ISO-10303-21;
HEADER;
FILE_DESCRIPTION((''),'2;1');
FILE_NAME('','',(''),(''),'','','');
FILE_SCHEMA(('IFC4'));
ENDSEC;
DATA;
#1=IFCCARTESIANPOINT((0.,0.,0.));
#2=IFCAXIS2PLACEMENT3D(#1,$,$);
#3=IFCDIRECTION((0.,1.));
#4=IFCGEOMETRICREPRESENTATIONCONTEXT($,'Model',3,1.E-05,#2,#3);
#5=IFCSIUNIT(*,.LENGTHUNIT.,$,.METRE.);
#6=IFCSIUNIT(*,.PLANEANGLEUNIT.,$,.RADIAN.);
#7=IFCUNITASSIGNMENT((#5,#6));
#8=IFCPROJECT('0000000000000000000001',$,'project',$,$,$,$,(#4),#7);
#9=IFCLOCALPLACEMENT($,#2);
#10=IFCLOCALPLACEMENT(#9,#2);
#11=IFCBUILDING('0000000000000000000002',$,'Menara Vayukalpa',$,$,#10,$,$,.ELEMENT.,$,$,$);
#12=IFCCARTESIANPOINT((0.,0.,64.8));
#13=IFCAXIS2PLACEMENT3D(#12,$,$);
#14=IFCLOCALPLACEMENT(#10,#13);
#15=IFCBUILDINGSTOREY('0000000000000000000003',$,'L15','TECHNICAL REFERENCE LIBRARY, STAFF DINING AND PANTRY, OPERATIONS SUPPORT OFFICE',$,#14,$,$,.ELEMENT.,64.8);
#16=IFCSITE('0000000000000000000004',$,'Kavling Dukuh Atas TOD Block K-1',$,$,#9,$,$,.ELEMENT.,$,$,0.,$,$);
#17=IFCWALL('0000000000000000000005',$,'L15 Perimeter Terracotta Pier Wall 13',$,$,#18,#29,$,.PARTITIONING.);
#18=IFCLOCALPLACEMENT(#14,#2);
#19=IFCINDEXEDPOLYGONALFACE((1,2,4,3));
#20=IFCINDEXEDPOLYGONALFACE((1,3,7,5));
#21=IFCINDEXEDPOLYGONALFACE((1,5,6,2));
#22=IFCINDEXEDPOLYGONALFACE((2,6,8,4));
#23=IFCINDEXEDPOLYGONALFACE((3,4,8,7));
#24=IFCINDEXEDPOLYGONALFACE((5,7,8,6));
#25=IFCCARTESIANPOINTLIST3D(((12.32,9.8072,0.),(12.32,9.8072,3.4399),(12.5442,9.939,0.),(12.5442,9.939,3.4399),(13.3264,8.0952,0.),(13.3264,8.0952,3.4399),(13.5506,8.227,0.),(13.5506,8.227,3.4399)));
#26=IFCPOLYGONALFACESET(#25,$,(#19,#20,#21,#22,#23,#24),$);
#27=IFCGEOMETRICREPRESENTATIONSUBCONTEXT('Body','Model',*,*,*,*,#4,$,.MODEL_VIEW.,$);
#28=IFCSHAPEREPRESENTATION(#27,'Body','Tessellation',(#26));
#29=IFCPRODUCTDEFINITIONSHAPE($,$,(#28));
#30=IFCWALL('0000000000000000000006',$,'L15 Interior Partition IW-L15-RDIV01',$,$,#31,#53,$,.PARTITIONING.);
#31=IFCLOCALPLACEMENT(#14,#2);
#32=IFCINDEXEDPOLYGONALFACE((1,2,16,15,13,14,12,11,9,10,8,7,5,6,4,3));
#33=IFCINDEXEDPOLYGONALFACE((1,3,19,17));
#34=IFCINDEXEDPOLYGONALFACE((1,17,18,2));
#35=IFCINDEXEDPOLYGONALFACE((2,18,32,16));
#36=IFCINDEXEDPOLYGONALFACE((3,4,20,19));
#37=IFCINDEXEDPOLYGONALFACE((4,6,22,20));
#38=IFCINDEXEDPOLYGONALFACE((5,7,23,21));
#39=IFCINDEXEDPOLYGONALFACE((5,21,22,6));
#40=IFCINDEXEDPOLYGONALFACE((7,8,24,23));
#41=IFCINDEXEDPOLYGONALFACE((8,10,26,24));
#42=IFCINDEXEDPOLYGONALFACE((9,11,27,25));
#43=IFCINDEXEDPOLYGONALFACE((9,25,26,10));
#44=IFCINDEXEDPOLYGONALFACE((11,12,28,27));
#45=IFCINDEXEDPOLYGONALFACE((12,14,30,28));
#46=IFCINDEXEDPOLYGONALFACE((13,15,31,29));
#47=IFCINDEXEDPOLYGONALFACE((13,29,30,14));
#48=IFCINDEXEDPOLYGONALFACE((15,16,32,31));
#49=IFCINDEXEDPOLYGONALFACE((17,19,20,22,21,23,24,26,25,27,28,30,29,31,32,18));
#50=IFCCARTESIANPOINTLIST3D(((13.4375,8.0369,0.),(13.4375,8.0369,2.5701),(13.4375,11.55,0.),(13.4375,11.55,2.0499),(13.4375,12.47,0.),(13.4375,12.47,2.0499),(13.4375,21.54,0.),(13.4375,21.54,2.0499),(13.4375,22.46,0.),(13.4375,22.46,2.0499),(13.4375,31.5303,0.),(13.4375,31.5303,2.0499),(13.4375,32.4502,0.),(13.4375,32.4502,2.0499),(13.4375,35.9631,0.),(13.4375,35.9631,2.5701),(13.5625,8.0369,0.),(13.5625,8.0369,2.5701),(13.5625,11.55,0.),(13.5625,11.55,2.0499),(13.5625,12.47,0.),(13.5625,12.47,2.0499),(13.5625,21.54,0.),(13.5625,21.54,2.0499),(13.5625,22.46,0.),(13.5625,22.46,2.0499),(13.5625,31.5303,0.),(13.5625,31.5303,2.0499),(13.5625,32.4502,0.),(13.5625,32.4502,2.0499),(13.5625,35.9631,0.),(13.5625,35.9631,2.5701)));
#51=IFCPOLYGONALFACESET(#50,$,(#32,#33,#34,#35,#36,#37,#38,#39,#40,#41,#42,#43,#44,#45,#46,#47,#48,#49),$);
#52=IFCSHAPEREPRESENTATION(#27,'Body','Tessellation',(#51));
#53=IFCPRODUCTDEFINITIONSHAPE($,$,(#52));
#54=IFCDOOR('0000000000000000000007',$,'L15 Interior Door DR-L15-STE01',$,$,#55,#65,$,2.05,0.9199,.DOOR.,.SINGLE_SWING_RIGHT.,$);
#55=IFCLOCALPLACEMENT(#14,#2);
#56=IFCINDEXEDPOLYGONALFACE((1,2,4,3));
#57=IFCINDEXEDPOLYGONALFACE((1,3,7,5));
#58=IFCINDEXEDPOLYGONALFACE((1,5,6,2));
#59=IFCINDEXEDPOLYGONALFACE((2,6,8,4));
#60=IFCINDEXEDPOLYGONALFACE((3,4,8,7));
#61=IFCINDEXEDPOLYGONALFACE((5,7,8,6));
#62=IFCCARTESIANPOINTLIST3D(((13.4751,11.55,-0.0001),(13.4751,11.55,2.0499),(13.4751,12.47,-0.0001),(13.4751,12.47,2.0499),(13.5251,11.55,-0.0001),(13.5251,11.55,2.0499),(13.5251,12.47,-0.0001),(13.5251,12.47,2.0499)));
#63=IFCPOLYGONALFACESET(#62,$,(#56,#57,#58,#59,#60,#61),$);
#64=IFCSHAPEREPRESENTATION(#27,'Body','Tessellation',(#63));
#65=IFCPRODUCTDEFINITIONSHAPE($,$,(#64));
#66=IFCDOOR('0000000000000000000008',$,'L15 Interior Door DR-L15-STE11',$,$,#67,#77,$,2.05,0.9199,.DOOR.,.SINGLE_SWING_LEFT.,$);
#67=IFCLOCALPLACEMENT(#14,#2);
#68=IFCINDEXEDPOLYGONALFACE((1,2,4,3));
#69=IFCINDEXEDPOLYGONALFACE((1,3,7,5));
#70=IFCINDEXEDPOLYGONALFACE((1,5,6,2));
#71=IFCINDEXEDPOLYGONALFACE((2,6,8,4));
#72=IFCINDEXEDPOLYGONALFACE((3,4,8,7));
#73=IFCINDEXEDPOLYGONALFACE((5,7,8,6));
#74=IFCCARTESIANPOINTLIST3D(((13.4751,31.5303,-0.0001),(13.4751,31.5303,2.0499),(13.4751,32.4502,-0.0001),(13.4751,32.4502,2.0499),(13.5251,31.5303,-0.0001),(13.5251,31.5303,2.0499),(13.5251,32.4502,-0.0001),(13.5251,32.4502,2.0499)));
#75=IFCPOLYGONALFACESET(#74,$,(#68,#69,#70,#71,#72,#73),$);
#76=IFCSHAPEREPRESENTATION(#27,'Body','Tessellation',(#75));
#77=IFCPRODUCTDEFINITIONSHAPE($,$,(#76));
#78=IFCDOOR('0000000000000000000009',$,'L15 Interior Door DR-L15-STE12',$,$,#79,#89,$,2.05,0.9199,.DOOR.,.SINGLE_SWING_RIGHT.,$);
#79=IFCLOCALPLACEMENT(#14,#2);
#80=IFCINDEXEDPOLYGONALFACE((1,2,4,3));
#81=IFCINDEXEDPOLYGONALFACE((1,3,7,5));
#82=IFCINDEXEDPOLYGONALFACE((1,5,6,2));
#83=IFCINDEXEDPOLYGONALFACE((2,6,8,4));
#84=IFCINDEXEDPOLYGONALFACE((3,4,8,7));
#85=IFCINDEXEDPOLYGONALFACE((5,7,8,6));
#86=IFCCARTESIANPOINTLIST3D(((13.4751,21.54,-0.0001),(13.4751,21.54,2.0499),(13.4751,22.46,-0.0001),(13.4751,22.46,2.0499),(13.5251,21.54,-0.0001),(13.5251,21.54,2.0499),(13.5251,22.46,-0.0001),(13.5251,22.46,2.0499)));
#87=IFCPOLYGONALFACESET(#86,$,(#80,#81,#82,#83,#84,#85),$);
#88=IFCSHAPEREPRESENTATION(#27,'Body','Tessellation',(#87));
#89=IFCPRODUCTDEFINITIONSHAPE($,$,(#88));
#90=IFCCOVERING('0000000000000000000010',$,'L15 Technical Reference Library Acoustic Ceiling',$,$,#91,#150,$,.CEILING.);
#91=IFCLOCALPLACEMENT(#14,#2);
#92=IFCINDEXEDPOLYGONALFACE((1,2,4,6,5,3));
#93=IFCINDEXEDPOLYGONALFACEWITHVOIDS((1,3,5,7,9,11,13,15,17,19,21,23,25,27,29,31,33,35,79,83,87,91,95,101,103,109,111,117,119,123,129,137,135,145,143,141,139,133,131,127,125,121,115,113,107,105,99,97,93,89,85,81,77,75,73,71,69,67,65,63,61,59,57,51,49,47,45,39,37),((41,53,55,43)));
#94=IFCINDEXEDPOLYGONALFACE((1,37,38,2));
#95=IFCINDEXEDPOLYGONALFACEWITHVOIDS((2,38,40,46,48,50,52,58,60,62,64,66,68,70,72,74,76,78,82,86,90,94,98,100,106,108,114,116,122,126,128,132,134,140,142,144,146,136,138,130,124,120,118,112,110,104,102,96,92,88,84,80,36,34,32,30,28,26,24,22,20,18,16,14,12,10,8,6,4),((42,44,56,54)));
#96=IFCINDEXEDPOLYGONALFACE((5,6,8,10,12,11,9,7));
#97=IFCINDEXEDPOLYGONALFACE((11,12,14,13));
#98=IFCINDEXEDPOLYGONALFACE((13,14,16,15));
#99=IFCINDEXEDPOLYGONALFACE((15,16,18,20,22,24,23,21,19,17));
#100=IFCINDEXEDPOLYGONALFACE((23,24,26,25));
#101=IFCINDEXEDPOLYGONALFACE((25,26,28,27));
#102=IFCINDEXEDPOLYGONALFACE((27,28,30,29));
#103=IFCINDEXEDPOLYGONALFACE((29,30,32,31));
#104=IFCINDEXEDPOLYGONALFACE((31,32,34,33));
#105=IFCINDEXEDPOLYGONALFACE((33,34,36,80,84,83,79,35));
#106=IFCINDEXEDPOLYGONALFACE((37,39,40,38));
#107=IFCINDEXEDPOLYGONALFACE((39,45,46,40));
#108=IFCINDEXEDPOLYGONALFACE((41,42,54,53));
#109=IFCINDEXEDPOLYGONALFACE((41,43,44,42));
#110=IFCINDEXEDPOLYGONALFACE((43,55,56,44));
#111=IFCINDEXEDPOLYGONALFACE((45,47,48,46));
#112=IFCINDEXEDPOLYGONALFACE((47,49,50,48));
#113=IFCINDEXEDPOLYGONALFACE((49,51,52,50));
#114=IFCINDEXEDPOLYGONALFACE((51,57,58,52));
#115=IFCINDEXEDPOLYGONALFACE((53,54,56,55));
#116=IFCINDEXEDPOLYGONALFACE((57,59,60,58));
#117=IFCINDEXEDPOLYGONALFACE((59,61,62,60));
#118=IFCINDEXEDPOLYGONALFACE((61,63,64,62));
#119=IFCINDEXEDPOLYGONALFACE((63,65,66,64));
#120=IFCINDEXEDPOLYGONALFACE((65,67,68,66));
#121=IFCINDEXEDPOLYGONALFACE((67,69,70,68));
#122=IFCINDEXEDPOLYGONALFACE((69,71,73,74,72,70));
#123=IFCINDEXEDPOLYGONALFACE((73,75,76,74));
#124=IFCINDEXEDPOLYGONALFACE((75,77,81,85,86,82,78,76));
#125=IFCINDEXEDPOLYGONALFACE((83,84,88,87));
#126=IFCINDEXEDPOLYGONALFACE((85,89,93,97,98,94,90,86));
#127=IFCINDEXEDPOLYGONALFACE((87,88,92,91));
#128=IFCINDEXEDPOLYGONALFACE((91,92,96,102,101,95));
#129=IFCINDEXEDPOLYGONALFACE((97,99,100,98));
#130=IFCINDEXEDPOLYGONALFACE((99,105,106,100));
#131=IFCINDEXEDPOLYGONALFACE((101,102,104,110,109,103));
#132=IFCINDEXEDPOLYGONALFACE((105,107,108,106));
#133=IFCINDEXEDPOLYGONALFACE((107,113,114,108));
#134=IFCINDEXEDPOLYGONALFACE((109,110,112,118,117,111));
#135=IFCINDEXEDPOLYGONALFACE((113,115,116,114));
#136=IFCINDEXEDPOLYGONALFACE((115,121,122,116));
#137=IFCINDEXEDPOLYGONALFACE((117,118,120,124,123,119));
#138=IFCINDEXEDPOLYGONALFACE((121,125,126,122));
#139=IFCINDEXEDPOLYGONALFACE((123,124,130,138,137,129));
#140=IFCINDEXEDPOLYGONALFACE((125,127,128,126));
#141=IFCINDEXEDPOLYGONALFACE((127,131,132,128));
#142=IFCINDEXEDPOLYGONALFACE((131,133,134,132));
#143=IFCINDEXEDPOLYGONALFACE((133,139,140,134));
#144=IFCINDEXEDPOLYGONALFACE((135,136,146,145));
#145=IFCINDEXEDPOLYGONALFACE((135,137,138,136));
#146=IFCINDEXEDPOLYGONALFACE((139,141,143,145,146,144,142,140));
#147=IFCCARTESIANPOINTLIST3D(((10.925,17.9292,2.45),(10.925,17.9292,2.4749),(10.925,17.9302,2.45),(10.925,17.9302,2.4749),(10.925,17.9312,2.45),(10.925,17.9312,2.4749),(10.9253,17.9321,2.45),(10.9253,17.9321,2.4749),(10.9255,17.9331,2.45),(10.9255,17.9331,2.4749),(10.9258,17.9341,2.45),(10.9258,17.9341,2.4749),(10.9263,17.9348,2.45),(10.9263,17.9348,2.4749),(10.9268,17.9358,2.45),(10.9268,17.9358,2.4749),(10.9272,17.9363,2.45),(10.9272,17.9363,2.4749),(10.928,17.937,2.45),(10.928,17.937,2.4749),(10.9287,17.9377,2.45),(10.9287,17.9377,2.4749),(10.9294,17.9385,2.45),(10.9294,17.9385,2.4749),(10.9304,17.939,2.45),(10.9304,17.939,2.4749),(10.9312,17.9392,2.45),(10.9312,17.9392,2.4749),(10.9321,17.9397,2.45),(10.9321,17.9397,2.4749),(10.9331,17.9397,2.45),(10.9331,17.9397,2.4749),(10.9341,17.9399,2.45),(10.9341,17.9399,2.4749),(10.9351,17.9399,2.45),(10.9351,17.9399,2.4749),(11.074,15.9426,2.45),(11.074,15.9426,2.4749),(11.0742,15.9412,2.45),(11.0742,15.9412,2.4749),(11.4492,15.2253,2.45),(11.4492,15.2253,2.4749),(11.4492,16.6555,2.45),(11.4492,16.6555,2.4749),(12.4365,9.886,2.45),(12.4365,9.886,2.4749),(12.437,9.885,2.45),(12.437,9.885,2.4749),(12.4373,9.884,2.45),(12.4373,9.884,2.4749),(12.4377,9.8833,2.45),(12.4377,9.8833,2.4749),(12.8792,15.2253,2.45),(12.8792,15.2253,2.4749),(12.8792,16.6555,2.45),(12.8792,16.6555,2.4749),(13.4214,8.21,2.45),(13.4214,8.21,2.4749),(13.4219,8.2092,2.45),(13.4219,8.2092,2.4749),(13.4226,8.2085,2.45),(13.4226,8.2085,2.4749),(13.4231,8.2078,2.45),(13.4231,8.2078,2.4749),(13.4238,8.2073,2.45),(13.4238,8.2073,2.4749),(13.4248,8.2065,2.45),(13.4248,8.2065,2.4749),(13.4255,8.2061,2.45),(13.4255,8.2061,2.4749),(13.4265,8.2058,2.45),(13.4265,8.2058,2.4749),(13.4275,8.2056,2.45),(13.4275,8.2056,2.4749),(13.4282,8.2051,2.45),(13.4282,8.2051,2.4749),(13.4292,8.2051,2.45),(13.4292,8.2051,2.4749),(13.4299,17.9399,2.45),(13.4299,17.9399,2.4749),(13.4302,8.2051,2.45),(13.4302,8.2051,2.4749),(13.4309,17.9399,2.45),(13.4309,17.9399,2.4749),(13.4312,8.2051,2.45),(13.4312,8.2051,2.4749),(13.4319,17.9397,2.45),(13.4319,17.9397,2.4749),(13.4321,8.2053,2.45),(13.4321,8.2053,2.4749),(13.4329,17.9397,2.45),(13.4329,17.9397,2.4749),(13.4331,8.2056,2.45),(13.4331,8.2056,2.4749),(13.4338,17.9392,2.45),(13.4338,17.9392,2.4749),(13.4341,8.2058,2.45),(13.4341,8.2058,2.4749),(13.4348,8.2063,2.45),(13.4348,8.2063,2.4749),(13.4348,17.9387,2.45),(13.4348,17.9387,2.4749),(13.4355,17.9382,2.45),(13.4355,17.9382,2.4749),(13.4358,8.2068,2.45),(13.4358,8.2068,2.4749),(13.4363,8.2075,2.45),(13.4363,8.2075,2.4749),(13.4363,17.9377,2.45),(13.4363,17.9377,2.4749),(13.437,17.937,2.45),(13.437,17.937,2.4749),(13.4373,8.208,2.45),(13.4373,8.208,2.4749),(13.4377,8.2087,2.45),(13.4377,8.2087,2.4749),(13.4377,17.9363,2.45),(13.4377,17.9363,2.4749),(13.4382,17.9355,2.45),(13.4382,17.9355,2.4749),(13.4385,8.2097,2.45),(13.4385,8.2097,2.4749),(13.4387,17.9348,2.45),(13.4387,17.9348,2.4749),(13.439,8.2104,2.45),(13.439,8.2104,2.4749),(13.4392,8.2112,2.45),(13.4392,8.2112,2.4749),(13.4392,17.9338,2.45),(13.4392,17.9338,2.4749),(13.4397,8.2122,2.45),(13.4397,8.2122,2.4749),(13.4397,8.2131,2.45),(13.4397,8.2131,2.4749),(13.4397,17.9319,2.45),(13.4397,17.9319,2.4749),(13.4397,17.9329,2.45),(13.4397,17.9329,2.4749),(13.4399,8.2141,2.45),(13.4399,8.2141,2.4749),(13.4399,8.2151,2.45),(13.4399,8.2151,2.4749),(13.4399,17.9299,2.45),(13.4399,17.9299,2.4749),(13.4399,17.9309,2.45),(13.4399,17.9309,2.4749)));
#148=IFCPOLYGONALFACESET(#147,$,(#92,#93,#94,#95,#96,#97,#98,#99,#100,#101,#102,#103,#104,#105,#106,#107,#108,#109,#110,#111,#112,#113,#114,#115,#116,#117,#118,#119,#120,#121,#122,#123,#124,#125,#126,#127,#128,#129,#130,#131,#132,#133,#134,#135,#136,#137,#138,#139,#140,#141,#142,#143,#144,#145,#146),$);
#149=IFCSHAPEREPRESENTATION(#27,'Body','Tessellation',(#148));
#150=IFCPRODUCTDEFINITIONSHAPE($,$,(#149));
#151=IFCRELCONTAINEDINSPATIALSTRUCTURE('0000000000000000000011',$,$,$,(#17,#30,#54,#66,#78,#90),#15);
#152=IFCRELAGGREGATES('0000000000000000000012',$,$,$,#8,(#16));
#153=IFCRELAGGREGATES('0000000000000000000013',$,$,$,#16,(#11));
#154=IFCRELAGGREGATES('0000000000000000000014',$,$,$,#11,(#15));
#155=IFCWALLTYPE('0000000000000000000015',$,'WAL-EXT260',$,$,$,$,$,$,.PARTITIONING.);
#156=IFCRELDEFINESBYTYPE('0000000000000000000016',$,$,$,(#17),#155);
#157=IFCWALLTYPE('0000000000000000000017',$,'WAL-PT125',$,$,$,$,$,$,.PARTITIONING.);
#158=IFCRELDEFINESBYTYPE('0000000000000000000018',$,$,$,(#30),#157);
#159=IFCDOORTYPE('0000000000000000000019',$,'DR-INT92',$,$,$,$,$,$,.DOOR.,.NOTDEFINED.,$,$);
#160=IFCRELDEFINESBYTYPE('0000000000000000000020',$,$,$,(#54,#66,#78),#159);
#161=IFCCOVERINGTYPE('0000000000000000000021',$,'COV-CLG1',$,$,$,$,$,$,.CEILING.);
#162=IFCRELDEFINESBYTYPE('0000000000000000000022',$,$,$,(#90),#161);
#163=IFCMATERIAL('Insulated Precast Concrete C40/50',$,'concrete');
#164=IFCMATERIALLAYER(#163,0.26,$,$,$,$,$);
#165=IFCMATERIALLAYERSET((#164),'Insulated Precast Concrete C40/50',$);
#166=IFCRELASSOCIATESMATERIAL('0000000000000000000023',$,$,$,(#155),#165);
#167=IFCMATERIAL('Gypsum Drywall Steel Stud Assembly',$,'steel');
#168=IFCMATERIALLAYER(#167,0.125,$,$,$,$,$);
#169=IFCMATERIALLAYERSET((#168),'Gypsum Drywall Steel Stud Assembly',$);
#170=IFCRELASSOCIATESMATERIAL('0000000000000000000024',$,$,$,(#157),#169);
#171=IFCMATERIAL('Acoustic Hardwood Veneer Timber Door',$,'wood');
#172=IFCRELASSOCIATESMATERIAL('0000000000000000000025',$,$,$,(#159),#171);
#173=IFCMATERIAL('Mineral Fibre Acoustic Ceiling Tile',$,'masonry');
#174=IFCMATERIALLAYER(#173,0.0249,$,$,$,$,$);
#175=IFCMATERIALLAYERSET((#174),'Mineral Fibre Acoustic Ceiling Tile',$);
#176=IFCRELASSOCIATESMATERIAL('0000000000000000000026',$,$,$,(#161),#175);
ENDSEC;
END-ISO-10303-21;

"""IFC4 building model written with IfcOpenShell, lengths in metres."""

from ifc_helpers import new_model, si_unit, direction, frame, frame_2d, origin, place, context, subcontext, project, spatial, polyline, rectangle, outline, extrude, material, layer, layer_set, type_object, element, fill, save


model = new_model("IFC4")

# Units and contexts
model_context = context("Model", 3, precision=1e-05, world=origin(), true_north=direction((0.0, 1.0)))
body_context = subcontext(model_context, "Body", "Model", "MODEL_VIEW")
ifc_project = project(units=[si_unit("LENGTHUNIT", "METRE"), si_unit("PLANEANGLEUNIT", "RADIAN")], contexts=[model_context])

# Site, building, storey
site_placement = place(None, origin())
site = spatial("IfcSite", under=ifc_project, at=site_placement, Name="Kavling Dukuh Atas TOD Block K-1", CompositionType="ELEMENT", RefElevation=0.0)
building_placement = place(site_placement, origin())
building = spatial("IfcBuilding", under=site, at=building_placement, Name="Menara Vayukalpa", CompositionType="ELEMENT")
storey_placement = place(building_placement, frame((0.0, 0.0, 64.8)))
storey = spatial("IfcBuildingStorey", under=building, at=storey_placement, Name="L15", Description="TECHNICAL REFERENCE LIBRARY, STAFF DINING AND PANTRY, OPERATIONS SUPPORT OFFICE", CompositionType="ELEMENT", Elevation=64.8)

# Wall
ifc_material_1 = material(Name="Insulated Precast Concrete C40/50", Category="concrete")
ifc_layer_1 = layer(ifc_material_1, 0.26)
ifc_layer_set_1 = layer_set([ifc_layer_1], Name="Insulated Precast Concrete C40/50")
wall_type_1 = type_object("IfcWallType", Name="WAL-EXT260", PredefinedType="PARTITIONING", material=ifc_layer_set_1)
wall_1_placement = place(storey_placement, frame((13.4385, 8.1611, 0.0), z_axis=(0.0, 0.0, 1.0), x_axis=(-0.506773, 0.86208, 0.0)))
element("IfcWall", 1, at=wall_1_placement, inside=storey, type_object=wall_type_1, Name="L15 Perimeter Terracotta Pier Wall 13", PredefinedType="PARTITIONING", context=body_context, shape_type="SweptSolid", body=[
    extrude(rectangle(XDim=1.9858, YDim=0.26, at=frame_2d((0.9929, 0.0))), origin(), (0.0, 0.0, 1.0), 3.4399),
])

# Wall, openings, doors
ifc_material_2 = material(Name="Gypsum Drywall Steel Stud Assembly", Category="steel")
ifc_layer_2 = layer(ifc_material_2, 0.125)
ifc_layer_set_2 = layer_set([ifc_layer_2], Name="Gypsum Drywall Steel Stud Assembly")
wall_type_2 = type_object("IfcWallType", Name="WAL-PT125", PredefinedType="PARTITIONING", material=ifc_layer_set_2)
wall_2_placement = place(storey_placement, frame((13.5, 8.0369, 0.0), z_axis=(0.0, 0.0, 1.0), x_axis=(0.0, 1.0, 0.0)))
wall_2 = element("IfcWall", 2, at=wall_2_placement, inside=storey, type_object=wall_type_2, Name="L15 Interior Partition IW-L15-RDIV01", PredefinedType="PARTITIONING", context=body_context, shape_type="SweptSolid", body=[
    extrude(rectangle(XDim=27.9263, YDim=0.125, at=frame_2d((13.9631, 0.0))), origin(), (0.0, 0.0, 1.0), 2.5701),
])
opening_1_placement = place(wall_2_placement, frame((3.5132, 0.0, 0.0)))
opening_1 = element("IfcOpeningElement", 3, at=opening_1_placement, cuts=wall_2, PredefinedType="OPENING", context=body_context, shape_type="SweptSolid", body=[
    extrude(rectangle(XDim=0.9199, YDim=2.05, at=frame_2d((0.46, 1.0249))), frame((0.0, 0.0725, 0.0), z_axis=(0.0, -1.0, 0.0), x_axis=(1.0, 0.0, 0.0)), (0.0, 0.0, 1.0), 0.145),
])
opening_2_placement = place(wall_2_placement, frame((23.4934, 0.0, 0.0)))
opening_2 = element("IfcOpeningElement", 4, at=opening_2_placement, cuts=wall_2, PredefinedType="OPENING", context=body_context, shape_type="SweptSolid", body=[
    extrude(rectangle(XDim=0.9199, YDim=2.05, at=frame_2d((0.46, 1.0249))), frame((0.0, 0.0725, 0.0), z_axis=(0.0, -1.0, 0.0), x_axis=(1.0, 0.0, 0.0)), (0.0, 0.0, 1.0), 0.145),
])
opening_3_placement = place(wall_2_placement, frame((13.5032, 0.0, 0.0)))
opening_3 = element("IfcOpeningElement", 5, at=opening_3_placement, cuts=wall_2, PredefinedType="OPENING", context=body_context, shape_type="SweptSolid", body=[
    extrude(rectangle(XDim=0.9199, YDim=2.05, at=frame_2d((0.46, 1.0249))), frame((0.0, 0.0725, 0.0), z_axis=(0.0, -1.0, 0.0), x_axis=(1.0, 0.0, 0.0)), (0.0, 0.0, 1.0), 0.145),
])
ifc_material_3 = material(Name="Acoustic Hardwood Veneer Timber Door", Category="wood")
door_type = type_object("IfcDoorType", Name="DR-INT92", OperationType="NOTDEFINED", PredefinedType="DOOR", material=ifc_material_3)
door_1_placement = place(opening_1_placement, origin())
door_1 = element("IfcDoor", 6, at=door_1_placement, inside=storey, type_object=door_type, Name="L15 Interior Door DR-L15-STE01", OperationType="SINGLE_SWING_RIGHT", OverallHeight=2.05, OverallWidth=0.9199, PredefinedType="DOOR", context=body_context, shape_type="SweptSolid", body=[
    extrude(rectangle(XDim=0.9199, YDim=2.05, at=frame_2d((0.46, 1.0249))), frame((0.0, 0.0249, 0.0), z_axis=(0.0, -1.0, 0.0), x_axis=(1.0, 0.0, 0.0)), (0.0, 0.0, 1.0), 0.05),
])
fill(opening_1, door_1)
door_2_placement = place(opening_2_placement, origin())
door_2 = element("IfcDoor", 7, at=door_2_placement, inside=storey, type_object=door_type, Name="L15 Interior Door DR-L15-STE11", OperationType="SINGLE_SWING_LEFT", OverallHeight=2.05, OverallWidth=0.9199, PredefinedType="DOOR", context=body_context, shape_type="SweptSolid", body=[
    extrude(rectangle(XDim=0.9199, YDim=2.05, at=frame_2d((0.46, 1.0249))), frame((0.0, 0.0249, 0.0), z_axis=(0.0, -1.0, 0.0), x_axis=(1.0, 0.0, 0.0)), (0.0, 0.0, 1.0), 0.05),
])
fill(opening_2, door_2)
door_3_placement = place(opening_3_placement, origin())
door_3 = element("IfcDoor", 8, at=door_3_placement, inside=storey, type_object=door_type, Name="L15 Interior Door DR-L15-STE12", OperationType="SINGLE_SWING_RIGHT", OverallHeight=2.05, OverallWidth=0.9199, PredefinedType="DOOR", context=body_context, shape_type="SweptSolid", body=[
    extrude(rectangle(XDim=0.9199, YDim=2.05, at=frame_2d((0.46, 1.0249))), frame((0.0, 0.0249, 0.0), z_axis=(0.0, -1.0, 0.0), x_axis=(1.0, 0.0, 0.0)), (0.0, 0.0, 1.0), 0.05),
])
fill(opening_3, door_3)

# Covering
ifc_material_4 = material(Name="Mineral Fibre Acoustic Ceiling Tile", Category="masonry")
ifc_layer_3 = layer(ifc_material_4, 0.0249)
ifc_layer_set_3 = layer_set([ifc_layer_3], Name="Mineral Fibre Acoustic Ceiling Tile")
covering_type_1 = type_object("IfcCoveringType", Name="COV-CLG1", PredefinedType="CEILING", material=ifc_layer_set_3)
covering_1_placement = place(storey_placement, frame((0.0, 0.0, 2.45)))
element("IfcCovering", 9, at=covering_1_placement, inside=storey, type_object=covering_type_1, Name="L15 Technical Reference Library Acoustic Ceiling", PredefinedType="CEILING", context=body_context, shape_type="SweptSolid", body=[
    extrude(outline(polyline([(12.437, 9.885), (12.4365, 9.886), (11.0742, 15.9412), (11.074, 15.9426), (10.925, 17.9292), (10.925, 17.9302), (10.925, 17.9312), (10.9253, 17.9321), (10.9255, 17.9331), (10.9258, 17.9341), (10.9263, 17.9348), (10.9268, 17.9358), (10.9272, 17.9363), (10.928, 17.937), (10.9287, 17.9377), (10.9294, 17.9385), (10.9304, 17.939), (10.9312, 17.9392), (10.9321, 17.9397), (10.9331, 17.9397), (10.9341, 17.9399), (10.9351, 17.9399), (13.4299, 17.9399), (13.4309, 17.9399), (13.4319, 17.9397), (13.4329, 17.9397), (13.4338, 17.9392), (13.4348, 17.9387), (13.4355, 17.9382), (13.4363, 17.9377), (13.437, 17.937), (13.4377, 17.9363), (13.4382, 17.9355), (13.4387, 17.9348), (13.4392, 17.9338), (13.4397, 17.9329), (13.4397, 17.9319), (13.4399, 17.9309), (13.4399, 17.9299), (13.4399, 8.2151), (13.4399, 8.2141), (13.4397, 8.2131), (13.4397, 8.2122), (13.4392, 8.2112), (13.439, 8.2104), (13.4385, 8.2097), (13.4377, 8.2087), (13.4373, 8.208), (13.4363, 8.2075), (13.4358, 8.2068), (13.4348, 8.2063), (13.4341, 8.2058), (13.4331, 8.2056), (13.4321, 8.2053), (13.4312, 8.2051), (13.4302, 8.2051), (13.4292, 8.2051), (13.4282, 8.2051), (13.4275, 8.2056), (13.4265, 8.2058), (13.4255, 8.2061), (13.4248, 8.2065), (13.4238, 8.2073), (13.4231, 8.2078), (13.4226, 8.2085), (13.4219, 8.2092), (13.4214, 8.21), (12.4377, 9.8833), (12.4373, 9.884), (12.437, 9.885)]), holes=[polyline([(12.8792, 16.6555), (11.4492, 16.6555), (11.4492, 15.2253), (12.8792, 15.2253), (12.8792, 16.6555)])]), origin(), (0.0, 0.0, 1.0), 0.0249),
])

save(model, "model.ifc")
